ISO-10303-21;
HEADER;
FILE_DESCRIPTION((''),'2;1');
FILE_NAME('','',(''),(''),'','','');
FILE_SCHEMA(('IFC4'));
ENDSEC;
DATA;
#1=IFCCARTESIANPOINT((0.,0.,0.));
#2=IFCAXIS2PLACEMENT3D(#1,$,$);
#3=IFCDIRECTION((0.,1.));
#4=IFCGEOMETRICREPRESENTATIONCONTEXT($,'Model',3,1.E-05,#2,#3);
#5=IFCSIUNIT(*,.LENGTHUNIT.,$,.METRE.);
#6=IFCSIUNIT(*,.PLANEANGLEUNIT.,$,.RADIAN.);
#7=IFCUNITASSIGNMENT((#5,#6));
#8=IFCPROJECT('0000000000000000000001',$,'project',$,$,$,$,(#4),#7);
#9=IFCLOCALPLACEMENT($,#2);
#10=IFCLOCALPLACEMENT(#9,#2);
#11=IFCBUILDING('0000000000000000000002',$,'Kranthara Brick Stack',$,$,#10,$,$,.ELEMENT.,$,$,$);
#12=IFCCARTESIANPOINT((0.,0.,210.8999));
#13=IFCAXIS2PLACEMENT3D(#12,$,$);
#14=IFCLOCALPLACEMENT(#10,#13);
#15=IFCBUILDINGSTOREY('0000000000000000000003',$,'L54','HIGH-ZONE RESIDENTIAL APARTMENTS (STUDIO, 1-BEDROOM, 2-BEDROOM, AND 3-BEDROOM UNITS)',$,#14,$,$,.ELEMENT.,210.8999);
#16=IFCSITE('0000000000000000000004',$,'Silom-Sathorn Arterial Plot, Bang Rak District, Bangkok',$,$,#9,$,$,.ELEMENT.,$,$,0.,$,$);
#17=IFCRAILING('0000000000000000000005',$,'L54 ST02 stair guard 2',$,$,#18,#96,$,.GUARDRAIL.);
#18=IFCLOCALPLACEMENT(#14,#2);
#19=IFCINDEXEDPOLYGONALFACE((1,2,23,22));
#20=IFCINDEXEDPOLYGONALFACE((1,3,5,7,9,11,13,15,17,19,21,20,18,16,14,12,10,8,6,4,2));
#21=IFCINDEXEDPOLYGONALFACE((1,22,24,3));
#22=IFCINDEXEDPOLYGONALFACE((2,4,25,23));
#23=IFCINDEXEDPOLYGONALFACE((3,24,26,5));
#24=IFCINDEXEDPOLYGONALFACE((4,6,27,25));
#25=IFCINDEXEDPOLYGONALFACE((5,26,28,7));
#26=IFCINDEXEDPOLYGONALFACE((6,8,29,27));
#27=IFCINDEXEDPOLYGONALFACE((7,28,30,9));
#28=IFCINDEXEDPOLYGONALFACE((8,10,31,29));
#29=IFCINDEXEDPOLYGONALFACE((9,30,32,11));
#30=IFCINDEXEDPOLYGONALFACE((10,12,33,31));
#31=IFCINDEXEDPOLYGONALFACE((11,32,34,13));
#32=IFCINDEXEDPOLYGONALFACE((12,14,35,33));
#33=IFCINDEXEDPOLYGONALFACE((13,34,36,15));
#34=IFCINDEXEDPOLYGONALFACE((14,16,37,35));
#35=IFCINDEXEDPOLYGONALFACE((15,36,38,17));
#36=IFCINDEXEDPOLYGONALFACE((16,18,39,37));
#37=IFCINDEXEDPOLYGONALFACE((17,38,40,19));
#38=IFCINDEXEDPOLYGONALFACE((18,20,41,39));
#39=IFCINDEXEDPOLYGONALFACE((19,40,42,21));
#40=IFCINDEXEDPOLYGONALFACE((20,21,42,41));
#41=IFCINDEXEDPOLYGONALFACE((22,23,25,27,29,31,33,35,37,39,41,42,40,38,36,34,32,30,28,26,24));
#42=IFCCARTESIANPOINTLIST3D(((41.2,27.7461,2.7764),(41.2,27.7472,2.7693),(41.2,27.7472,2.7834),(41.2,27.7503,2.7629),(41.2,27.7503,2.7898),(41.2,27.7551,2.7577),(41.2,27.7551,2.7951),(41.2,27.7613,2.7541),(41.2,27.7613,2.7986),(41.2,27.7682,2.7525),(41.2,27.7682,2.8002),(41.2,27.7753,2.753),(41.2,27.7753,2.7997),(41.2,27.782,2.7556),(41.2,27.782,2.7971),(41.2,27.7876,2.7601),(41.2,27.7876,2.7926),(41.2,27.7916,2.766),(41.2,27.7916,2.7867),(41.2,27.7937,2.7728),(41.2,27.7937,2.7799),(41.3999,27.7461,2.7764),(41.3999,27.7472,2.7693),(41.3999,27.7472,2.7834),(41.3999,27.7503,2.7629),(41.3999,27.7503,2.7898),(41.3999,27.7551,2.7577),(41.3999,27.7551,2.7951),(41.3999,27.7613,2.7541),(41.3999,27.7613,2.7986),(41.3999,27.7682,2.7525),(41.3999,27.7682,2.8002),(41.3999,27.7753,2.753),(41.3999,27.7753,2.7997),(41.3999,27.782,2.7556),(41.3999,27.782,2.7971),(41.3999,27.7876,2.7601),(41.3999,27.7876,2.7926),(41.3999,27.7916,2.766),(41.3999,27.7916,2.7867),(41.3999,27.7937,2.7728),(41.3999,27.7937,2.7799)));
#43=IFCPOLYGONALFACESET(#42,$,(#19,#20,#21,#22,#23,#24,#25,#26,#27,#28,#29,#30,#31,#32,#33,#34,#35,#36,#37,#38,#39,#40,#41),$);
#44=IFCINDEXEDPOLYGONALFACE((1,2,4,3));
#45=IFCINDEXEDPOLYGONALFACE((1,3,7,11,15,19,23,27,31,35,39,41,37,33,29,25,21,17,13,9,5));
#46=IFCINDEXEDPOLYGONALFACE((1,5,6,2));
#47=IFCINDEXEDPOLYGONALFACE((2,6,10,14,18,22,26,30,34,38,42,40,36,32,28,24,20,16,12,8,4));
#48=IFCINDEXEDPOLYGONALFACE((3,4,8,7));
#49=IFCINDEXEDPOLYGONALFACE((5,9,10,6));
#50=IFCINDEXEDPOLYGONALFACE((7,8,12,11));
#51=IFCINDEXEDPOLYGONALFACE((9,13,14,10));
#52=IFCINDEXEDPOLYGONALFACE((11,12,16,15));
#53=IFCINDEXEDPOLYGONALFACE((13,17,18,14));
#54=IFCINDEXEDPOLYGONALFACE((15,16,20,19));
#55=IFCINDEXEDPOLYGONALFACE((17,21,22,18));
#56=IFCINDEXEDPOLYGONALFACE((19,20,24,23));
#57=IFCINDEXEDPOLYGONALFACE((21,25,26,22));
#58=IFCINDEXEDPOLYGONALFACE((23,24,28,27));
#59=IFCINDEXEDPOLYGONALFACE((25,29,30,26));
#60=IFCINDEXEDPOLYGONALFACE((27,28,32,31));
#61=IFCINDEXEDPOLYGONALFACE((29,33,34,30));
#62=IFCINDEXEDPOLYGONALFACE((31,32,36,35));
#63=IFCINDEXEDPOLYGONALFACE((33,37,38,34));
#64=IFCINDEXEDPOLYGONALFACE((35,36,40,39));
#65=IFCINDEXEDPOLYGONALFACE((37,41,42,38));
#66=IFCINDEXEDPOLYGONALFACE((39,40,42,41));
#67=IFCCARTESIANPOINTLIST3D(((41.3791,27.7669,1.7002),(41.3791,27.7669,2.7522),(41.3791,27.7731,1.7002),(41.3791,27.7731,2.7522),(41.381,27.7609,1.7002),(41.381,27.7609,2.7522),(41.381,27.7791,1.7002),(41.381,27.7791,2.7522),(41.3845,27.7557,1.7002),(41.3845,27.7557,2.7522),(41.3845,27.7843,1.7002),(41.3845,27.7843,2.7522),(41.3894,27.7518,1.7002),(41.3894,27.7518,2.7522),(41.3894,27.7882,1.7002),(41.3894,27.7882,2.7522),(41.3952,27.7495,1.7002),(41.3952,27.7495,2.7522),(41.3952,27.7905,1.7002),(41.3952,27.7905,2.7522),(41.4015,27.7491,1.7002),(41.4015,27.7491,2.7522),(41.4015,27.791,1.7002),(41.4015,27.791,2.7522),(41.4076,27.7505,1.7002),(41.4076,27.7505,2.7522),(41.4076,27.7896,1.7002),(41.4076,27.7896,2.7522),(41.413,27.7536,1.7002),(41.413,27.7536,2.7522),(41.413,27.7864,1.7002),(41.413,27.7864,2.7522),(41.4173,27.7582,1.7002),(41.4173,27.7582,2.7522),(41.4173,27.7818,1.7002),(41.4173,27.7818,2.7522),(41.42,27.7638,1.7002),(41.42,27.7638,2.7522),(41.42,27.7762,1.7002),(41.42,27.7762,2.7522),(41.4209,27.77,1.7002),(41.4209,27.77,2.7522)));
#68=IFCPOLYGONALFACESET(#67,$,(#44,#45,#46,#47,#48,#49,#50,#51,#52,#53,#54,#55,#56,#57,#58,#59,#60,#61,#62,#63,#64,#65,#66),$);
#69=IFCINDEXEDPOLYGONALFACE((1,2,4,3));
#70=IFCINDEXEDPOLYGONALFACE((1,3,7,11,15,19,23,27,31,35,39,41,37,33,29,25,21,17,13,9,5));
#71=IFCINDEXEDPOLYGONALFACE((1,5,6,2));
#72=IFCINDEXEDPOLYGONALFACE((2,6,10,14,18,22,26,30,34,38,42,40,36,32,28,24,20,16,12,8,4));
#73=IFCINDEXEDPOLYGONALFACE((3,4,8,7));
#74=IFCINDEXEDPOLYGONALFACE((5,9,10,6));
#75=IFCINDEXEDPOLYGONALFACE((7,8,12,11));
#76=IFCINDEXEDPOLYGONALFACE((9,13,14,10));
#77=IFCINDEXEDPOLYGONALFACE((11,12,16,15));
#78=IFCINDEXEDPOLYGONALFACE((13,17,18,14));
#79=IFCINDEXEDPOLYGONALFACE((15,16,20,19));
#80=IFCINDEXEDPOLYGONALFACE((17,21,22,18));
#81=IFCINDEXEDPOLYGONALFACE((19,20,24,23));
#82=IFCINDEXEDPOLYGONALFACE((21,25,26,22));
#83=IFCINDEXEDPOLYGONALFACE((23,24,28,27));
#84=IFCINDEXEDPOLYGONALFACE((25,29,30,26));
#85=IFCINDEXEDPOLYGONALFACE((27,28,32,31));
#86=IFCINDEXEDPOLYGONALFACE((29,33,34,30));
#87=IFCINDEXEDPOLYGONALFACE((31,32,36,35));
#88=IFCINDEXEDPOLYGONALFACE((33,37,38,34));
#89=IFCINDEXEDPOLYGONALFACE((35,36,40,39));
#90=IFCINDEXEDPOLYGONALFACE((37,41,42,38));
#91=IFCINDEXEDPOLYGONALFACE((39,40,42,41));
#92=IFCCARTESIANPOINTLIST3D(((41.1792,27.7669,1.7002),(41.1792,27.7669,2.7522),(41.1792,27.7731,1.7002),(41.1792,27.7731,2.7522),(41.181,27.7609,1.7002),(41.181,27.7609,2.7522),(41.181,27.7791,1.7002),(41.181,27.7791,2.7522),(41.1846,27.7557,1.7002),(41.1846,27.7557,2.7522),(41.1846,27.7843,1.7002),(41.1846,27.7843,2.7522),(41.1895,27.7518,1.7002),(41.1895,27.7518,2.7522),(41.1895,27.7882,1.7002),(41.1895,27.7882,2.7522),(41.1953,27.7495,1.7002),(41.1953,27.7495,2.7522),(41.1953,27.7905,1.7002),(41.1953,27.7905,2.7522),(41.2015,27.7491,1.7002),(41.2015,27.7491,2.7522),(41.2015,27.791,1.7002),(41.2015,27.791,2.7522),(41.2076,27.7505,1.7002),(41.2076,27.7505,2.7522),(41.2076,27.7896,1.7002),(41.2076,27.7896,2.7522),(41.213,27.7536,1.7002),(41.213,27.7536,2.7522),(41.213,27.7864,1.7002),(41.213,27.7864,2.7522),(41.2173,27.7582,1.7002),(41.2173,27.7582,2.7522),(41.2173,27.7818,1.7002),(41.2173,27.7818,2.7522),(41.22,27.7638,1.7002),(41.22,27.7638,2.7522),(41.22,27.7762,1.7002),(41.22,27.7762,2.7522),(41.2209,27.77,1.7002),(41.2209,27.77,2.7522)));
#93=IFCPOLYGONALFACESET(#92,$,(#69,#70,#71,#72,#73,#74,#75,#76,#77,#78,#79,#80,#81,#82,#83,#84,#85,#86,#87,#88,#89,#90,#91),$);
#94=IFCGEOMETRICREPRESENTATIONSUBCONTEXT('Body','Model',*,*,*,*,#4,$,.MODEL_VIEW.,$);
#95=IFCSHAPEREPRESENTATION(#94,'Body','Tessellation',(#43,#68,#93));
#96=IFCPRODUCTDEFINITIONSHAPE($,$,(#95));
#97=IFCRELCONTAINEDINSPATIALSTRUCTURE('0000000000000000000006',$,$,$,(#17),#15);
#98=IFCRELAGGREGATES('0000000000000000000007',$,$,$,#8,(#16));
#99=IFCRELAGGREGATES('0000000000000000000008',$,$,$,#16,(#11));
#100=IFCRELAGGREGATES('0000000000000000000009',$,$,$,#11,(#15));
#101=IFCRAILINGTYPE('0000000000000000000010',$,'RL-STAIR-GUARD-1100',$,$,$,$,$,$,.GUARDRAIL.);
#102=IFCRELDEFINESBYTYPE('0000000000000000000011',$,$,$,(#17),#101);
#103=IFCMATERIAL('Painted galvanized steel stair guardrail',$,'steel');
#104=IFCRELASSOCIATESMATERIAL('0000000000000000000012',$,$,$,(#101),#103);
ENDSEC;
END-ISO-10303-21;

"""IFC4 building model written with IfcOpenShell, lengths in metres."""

from ifc_helpers import new_model, si_unit, direction, frame, origin, origin_2d, place, context, subcontext, project, spatial, circle, extrude, material, type_object, element, save


model = new_model("IFC4")

# Units and contexts
model_context = context("Model", 3, precision=1e-05, world=origin(), true_north=direction((0.0, 1.0)))
body_context = subcontext(model_context, "Body", "Model", "MODEL_VIEW")
ifc_project = project(units=[si_unit("LENGTHUNIT", "METRE"), si_unit("PLANEANGLEUNIT", "RADIAN")], contexts=[model_context])

# Site, building, storey
site_placement = place(None, origin())
site = spatial("IfcSite", under=ifc_project, at=site_placement, Name="Silom-Sathorn Arterial Plot, Bang Rak District, Bangkok", CompositionType="ELEMENT", RefElevation=0.0)
building_placement = place(site_placement, origin())
building = spatial("IfcBuilding", under=site, at=building_placement, Name="Kranthara Brick Stack", CompositionType="ELEMENT")
storey_placement = place(building_placement, frame((0.0, 0.0, 210.8999)))
storey = spatial("IfcBuildingStorey", under=building, at=storey_placement, Name="L54", Description="HIGH-ZONE RESIDENTIAL APARTMENTS (STUDIO, 1-BEDROOM, 2-BEDROOM, AND 3-BEDROOM UNITS)", CompositionType="ELEMENT", Elevation=210.8999)

# Railing
ifc_material_1 = material(Name="Painted galvanized steel stair guardrail", Category="steel")
railing_type_1 = type_object("IfcRailingType", Name="RL-STAIR-GUARD-1100", PredefinedType="GUARDRAIL", material=ifc_material_1)
railing_1_placement = place(storey_placement, frame((41.3999, 27.77, 1.7002)))
element("IfcRailing", 1, at=railing_1_placement, inside=storey, type_object=railing_type_1, Name="L54 ST02 stair guard 2", PredefinedType="GUARDRAIL", context=body_context, shape_type="SweptSolid", body=[
    extrude(circle(Radius=0.0239, at=origin_2d()), frame((0.0, 0.0, 1.0762), z_axis=(-1.0, 0.0, 0.0), x_axis=(0.0, -1.0, 0.0)), (0.0, 0.0, 1.0), 0.2),
    extrude(circle(Radius=0.021, at=origin_2d()), origin(), (0.0, 0.0, 1.0), 1.052),
    extrude(circle(Radius=0.021, at=origin_2d()), frame((-0.2, 0.0, 0.0)), (0.0, 0.0, 1.0), 1.052),
])

save(model, "model.ifc")
